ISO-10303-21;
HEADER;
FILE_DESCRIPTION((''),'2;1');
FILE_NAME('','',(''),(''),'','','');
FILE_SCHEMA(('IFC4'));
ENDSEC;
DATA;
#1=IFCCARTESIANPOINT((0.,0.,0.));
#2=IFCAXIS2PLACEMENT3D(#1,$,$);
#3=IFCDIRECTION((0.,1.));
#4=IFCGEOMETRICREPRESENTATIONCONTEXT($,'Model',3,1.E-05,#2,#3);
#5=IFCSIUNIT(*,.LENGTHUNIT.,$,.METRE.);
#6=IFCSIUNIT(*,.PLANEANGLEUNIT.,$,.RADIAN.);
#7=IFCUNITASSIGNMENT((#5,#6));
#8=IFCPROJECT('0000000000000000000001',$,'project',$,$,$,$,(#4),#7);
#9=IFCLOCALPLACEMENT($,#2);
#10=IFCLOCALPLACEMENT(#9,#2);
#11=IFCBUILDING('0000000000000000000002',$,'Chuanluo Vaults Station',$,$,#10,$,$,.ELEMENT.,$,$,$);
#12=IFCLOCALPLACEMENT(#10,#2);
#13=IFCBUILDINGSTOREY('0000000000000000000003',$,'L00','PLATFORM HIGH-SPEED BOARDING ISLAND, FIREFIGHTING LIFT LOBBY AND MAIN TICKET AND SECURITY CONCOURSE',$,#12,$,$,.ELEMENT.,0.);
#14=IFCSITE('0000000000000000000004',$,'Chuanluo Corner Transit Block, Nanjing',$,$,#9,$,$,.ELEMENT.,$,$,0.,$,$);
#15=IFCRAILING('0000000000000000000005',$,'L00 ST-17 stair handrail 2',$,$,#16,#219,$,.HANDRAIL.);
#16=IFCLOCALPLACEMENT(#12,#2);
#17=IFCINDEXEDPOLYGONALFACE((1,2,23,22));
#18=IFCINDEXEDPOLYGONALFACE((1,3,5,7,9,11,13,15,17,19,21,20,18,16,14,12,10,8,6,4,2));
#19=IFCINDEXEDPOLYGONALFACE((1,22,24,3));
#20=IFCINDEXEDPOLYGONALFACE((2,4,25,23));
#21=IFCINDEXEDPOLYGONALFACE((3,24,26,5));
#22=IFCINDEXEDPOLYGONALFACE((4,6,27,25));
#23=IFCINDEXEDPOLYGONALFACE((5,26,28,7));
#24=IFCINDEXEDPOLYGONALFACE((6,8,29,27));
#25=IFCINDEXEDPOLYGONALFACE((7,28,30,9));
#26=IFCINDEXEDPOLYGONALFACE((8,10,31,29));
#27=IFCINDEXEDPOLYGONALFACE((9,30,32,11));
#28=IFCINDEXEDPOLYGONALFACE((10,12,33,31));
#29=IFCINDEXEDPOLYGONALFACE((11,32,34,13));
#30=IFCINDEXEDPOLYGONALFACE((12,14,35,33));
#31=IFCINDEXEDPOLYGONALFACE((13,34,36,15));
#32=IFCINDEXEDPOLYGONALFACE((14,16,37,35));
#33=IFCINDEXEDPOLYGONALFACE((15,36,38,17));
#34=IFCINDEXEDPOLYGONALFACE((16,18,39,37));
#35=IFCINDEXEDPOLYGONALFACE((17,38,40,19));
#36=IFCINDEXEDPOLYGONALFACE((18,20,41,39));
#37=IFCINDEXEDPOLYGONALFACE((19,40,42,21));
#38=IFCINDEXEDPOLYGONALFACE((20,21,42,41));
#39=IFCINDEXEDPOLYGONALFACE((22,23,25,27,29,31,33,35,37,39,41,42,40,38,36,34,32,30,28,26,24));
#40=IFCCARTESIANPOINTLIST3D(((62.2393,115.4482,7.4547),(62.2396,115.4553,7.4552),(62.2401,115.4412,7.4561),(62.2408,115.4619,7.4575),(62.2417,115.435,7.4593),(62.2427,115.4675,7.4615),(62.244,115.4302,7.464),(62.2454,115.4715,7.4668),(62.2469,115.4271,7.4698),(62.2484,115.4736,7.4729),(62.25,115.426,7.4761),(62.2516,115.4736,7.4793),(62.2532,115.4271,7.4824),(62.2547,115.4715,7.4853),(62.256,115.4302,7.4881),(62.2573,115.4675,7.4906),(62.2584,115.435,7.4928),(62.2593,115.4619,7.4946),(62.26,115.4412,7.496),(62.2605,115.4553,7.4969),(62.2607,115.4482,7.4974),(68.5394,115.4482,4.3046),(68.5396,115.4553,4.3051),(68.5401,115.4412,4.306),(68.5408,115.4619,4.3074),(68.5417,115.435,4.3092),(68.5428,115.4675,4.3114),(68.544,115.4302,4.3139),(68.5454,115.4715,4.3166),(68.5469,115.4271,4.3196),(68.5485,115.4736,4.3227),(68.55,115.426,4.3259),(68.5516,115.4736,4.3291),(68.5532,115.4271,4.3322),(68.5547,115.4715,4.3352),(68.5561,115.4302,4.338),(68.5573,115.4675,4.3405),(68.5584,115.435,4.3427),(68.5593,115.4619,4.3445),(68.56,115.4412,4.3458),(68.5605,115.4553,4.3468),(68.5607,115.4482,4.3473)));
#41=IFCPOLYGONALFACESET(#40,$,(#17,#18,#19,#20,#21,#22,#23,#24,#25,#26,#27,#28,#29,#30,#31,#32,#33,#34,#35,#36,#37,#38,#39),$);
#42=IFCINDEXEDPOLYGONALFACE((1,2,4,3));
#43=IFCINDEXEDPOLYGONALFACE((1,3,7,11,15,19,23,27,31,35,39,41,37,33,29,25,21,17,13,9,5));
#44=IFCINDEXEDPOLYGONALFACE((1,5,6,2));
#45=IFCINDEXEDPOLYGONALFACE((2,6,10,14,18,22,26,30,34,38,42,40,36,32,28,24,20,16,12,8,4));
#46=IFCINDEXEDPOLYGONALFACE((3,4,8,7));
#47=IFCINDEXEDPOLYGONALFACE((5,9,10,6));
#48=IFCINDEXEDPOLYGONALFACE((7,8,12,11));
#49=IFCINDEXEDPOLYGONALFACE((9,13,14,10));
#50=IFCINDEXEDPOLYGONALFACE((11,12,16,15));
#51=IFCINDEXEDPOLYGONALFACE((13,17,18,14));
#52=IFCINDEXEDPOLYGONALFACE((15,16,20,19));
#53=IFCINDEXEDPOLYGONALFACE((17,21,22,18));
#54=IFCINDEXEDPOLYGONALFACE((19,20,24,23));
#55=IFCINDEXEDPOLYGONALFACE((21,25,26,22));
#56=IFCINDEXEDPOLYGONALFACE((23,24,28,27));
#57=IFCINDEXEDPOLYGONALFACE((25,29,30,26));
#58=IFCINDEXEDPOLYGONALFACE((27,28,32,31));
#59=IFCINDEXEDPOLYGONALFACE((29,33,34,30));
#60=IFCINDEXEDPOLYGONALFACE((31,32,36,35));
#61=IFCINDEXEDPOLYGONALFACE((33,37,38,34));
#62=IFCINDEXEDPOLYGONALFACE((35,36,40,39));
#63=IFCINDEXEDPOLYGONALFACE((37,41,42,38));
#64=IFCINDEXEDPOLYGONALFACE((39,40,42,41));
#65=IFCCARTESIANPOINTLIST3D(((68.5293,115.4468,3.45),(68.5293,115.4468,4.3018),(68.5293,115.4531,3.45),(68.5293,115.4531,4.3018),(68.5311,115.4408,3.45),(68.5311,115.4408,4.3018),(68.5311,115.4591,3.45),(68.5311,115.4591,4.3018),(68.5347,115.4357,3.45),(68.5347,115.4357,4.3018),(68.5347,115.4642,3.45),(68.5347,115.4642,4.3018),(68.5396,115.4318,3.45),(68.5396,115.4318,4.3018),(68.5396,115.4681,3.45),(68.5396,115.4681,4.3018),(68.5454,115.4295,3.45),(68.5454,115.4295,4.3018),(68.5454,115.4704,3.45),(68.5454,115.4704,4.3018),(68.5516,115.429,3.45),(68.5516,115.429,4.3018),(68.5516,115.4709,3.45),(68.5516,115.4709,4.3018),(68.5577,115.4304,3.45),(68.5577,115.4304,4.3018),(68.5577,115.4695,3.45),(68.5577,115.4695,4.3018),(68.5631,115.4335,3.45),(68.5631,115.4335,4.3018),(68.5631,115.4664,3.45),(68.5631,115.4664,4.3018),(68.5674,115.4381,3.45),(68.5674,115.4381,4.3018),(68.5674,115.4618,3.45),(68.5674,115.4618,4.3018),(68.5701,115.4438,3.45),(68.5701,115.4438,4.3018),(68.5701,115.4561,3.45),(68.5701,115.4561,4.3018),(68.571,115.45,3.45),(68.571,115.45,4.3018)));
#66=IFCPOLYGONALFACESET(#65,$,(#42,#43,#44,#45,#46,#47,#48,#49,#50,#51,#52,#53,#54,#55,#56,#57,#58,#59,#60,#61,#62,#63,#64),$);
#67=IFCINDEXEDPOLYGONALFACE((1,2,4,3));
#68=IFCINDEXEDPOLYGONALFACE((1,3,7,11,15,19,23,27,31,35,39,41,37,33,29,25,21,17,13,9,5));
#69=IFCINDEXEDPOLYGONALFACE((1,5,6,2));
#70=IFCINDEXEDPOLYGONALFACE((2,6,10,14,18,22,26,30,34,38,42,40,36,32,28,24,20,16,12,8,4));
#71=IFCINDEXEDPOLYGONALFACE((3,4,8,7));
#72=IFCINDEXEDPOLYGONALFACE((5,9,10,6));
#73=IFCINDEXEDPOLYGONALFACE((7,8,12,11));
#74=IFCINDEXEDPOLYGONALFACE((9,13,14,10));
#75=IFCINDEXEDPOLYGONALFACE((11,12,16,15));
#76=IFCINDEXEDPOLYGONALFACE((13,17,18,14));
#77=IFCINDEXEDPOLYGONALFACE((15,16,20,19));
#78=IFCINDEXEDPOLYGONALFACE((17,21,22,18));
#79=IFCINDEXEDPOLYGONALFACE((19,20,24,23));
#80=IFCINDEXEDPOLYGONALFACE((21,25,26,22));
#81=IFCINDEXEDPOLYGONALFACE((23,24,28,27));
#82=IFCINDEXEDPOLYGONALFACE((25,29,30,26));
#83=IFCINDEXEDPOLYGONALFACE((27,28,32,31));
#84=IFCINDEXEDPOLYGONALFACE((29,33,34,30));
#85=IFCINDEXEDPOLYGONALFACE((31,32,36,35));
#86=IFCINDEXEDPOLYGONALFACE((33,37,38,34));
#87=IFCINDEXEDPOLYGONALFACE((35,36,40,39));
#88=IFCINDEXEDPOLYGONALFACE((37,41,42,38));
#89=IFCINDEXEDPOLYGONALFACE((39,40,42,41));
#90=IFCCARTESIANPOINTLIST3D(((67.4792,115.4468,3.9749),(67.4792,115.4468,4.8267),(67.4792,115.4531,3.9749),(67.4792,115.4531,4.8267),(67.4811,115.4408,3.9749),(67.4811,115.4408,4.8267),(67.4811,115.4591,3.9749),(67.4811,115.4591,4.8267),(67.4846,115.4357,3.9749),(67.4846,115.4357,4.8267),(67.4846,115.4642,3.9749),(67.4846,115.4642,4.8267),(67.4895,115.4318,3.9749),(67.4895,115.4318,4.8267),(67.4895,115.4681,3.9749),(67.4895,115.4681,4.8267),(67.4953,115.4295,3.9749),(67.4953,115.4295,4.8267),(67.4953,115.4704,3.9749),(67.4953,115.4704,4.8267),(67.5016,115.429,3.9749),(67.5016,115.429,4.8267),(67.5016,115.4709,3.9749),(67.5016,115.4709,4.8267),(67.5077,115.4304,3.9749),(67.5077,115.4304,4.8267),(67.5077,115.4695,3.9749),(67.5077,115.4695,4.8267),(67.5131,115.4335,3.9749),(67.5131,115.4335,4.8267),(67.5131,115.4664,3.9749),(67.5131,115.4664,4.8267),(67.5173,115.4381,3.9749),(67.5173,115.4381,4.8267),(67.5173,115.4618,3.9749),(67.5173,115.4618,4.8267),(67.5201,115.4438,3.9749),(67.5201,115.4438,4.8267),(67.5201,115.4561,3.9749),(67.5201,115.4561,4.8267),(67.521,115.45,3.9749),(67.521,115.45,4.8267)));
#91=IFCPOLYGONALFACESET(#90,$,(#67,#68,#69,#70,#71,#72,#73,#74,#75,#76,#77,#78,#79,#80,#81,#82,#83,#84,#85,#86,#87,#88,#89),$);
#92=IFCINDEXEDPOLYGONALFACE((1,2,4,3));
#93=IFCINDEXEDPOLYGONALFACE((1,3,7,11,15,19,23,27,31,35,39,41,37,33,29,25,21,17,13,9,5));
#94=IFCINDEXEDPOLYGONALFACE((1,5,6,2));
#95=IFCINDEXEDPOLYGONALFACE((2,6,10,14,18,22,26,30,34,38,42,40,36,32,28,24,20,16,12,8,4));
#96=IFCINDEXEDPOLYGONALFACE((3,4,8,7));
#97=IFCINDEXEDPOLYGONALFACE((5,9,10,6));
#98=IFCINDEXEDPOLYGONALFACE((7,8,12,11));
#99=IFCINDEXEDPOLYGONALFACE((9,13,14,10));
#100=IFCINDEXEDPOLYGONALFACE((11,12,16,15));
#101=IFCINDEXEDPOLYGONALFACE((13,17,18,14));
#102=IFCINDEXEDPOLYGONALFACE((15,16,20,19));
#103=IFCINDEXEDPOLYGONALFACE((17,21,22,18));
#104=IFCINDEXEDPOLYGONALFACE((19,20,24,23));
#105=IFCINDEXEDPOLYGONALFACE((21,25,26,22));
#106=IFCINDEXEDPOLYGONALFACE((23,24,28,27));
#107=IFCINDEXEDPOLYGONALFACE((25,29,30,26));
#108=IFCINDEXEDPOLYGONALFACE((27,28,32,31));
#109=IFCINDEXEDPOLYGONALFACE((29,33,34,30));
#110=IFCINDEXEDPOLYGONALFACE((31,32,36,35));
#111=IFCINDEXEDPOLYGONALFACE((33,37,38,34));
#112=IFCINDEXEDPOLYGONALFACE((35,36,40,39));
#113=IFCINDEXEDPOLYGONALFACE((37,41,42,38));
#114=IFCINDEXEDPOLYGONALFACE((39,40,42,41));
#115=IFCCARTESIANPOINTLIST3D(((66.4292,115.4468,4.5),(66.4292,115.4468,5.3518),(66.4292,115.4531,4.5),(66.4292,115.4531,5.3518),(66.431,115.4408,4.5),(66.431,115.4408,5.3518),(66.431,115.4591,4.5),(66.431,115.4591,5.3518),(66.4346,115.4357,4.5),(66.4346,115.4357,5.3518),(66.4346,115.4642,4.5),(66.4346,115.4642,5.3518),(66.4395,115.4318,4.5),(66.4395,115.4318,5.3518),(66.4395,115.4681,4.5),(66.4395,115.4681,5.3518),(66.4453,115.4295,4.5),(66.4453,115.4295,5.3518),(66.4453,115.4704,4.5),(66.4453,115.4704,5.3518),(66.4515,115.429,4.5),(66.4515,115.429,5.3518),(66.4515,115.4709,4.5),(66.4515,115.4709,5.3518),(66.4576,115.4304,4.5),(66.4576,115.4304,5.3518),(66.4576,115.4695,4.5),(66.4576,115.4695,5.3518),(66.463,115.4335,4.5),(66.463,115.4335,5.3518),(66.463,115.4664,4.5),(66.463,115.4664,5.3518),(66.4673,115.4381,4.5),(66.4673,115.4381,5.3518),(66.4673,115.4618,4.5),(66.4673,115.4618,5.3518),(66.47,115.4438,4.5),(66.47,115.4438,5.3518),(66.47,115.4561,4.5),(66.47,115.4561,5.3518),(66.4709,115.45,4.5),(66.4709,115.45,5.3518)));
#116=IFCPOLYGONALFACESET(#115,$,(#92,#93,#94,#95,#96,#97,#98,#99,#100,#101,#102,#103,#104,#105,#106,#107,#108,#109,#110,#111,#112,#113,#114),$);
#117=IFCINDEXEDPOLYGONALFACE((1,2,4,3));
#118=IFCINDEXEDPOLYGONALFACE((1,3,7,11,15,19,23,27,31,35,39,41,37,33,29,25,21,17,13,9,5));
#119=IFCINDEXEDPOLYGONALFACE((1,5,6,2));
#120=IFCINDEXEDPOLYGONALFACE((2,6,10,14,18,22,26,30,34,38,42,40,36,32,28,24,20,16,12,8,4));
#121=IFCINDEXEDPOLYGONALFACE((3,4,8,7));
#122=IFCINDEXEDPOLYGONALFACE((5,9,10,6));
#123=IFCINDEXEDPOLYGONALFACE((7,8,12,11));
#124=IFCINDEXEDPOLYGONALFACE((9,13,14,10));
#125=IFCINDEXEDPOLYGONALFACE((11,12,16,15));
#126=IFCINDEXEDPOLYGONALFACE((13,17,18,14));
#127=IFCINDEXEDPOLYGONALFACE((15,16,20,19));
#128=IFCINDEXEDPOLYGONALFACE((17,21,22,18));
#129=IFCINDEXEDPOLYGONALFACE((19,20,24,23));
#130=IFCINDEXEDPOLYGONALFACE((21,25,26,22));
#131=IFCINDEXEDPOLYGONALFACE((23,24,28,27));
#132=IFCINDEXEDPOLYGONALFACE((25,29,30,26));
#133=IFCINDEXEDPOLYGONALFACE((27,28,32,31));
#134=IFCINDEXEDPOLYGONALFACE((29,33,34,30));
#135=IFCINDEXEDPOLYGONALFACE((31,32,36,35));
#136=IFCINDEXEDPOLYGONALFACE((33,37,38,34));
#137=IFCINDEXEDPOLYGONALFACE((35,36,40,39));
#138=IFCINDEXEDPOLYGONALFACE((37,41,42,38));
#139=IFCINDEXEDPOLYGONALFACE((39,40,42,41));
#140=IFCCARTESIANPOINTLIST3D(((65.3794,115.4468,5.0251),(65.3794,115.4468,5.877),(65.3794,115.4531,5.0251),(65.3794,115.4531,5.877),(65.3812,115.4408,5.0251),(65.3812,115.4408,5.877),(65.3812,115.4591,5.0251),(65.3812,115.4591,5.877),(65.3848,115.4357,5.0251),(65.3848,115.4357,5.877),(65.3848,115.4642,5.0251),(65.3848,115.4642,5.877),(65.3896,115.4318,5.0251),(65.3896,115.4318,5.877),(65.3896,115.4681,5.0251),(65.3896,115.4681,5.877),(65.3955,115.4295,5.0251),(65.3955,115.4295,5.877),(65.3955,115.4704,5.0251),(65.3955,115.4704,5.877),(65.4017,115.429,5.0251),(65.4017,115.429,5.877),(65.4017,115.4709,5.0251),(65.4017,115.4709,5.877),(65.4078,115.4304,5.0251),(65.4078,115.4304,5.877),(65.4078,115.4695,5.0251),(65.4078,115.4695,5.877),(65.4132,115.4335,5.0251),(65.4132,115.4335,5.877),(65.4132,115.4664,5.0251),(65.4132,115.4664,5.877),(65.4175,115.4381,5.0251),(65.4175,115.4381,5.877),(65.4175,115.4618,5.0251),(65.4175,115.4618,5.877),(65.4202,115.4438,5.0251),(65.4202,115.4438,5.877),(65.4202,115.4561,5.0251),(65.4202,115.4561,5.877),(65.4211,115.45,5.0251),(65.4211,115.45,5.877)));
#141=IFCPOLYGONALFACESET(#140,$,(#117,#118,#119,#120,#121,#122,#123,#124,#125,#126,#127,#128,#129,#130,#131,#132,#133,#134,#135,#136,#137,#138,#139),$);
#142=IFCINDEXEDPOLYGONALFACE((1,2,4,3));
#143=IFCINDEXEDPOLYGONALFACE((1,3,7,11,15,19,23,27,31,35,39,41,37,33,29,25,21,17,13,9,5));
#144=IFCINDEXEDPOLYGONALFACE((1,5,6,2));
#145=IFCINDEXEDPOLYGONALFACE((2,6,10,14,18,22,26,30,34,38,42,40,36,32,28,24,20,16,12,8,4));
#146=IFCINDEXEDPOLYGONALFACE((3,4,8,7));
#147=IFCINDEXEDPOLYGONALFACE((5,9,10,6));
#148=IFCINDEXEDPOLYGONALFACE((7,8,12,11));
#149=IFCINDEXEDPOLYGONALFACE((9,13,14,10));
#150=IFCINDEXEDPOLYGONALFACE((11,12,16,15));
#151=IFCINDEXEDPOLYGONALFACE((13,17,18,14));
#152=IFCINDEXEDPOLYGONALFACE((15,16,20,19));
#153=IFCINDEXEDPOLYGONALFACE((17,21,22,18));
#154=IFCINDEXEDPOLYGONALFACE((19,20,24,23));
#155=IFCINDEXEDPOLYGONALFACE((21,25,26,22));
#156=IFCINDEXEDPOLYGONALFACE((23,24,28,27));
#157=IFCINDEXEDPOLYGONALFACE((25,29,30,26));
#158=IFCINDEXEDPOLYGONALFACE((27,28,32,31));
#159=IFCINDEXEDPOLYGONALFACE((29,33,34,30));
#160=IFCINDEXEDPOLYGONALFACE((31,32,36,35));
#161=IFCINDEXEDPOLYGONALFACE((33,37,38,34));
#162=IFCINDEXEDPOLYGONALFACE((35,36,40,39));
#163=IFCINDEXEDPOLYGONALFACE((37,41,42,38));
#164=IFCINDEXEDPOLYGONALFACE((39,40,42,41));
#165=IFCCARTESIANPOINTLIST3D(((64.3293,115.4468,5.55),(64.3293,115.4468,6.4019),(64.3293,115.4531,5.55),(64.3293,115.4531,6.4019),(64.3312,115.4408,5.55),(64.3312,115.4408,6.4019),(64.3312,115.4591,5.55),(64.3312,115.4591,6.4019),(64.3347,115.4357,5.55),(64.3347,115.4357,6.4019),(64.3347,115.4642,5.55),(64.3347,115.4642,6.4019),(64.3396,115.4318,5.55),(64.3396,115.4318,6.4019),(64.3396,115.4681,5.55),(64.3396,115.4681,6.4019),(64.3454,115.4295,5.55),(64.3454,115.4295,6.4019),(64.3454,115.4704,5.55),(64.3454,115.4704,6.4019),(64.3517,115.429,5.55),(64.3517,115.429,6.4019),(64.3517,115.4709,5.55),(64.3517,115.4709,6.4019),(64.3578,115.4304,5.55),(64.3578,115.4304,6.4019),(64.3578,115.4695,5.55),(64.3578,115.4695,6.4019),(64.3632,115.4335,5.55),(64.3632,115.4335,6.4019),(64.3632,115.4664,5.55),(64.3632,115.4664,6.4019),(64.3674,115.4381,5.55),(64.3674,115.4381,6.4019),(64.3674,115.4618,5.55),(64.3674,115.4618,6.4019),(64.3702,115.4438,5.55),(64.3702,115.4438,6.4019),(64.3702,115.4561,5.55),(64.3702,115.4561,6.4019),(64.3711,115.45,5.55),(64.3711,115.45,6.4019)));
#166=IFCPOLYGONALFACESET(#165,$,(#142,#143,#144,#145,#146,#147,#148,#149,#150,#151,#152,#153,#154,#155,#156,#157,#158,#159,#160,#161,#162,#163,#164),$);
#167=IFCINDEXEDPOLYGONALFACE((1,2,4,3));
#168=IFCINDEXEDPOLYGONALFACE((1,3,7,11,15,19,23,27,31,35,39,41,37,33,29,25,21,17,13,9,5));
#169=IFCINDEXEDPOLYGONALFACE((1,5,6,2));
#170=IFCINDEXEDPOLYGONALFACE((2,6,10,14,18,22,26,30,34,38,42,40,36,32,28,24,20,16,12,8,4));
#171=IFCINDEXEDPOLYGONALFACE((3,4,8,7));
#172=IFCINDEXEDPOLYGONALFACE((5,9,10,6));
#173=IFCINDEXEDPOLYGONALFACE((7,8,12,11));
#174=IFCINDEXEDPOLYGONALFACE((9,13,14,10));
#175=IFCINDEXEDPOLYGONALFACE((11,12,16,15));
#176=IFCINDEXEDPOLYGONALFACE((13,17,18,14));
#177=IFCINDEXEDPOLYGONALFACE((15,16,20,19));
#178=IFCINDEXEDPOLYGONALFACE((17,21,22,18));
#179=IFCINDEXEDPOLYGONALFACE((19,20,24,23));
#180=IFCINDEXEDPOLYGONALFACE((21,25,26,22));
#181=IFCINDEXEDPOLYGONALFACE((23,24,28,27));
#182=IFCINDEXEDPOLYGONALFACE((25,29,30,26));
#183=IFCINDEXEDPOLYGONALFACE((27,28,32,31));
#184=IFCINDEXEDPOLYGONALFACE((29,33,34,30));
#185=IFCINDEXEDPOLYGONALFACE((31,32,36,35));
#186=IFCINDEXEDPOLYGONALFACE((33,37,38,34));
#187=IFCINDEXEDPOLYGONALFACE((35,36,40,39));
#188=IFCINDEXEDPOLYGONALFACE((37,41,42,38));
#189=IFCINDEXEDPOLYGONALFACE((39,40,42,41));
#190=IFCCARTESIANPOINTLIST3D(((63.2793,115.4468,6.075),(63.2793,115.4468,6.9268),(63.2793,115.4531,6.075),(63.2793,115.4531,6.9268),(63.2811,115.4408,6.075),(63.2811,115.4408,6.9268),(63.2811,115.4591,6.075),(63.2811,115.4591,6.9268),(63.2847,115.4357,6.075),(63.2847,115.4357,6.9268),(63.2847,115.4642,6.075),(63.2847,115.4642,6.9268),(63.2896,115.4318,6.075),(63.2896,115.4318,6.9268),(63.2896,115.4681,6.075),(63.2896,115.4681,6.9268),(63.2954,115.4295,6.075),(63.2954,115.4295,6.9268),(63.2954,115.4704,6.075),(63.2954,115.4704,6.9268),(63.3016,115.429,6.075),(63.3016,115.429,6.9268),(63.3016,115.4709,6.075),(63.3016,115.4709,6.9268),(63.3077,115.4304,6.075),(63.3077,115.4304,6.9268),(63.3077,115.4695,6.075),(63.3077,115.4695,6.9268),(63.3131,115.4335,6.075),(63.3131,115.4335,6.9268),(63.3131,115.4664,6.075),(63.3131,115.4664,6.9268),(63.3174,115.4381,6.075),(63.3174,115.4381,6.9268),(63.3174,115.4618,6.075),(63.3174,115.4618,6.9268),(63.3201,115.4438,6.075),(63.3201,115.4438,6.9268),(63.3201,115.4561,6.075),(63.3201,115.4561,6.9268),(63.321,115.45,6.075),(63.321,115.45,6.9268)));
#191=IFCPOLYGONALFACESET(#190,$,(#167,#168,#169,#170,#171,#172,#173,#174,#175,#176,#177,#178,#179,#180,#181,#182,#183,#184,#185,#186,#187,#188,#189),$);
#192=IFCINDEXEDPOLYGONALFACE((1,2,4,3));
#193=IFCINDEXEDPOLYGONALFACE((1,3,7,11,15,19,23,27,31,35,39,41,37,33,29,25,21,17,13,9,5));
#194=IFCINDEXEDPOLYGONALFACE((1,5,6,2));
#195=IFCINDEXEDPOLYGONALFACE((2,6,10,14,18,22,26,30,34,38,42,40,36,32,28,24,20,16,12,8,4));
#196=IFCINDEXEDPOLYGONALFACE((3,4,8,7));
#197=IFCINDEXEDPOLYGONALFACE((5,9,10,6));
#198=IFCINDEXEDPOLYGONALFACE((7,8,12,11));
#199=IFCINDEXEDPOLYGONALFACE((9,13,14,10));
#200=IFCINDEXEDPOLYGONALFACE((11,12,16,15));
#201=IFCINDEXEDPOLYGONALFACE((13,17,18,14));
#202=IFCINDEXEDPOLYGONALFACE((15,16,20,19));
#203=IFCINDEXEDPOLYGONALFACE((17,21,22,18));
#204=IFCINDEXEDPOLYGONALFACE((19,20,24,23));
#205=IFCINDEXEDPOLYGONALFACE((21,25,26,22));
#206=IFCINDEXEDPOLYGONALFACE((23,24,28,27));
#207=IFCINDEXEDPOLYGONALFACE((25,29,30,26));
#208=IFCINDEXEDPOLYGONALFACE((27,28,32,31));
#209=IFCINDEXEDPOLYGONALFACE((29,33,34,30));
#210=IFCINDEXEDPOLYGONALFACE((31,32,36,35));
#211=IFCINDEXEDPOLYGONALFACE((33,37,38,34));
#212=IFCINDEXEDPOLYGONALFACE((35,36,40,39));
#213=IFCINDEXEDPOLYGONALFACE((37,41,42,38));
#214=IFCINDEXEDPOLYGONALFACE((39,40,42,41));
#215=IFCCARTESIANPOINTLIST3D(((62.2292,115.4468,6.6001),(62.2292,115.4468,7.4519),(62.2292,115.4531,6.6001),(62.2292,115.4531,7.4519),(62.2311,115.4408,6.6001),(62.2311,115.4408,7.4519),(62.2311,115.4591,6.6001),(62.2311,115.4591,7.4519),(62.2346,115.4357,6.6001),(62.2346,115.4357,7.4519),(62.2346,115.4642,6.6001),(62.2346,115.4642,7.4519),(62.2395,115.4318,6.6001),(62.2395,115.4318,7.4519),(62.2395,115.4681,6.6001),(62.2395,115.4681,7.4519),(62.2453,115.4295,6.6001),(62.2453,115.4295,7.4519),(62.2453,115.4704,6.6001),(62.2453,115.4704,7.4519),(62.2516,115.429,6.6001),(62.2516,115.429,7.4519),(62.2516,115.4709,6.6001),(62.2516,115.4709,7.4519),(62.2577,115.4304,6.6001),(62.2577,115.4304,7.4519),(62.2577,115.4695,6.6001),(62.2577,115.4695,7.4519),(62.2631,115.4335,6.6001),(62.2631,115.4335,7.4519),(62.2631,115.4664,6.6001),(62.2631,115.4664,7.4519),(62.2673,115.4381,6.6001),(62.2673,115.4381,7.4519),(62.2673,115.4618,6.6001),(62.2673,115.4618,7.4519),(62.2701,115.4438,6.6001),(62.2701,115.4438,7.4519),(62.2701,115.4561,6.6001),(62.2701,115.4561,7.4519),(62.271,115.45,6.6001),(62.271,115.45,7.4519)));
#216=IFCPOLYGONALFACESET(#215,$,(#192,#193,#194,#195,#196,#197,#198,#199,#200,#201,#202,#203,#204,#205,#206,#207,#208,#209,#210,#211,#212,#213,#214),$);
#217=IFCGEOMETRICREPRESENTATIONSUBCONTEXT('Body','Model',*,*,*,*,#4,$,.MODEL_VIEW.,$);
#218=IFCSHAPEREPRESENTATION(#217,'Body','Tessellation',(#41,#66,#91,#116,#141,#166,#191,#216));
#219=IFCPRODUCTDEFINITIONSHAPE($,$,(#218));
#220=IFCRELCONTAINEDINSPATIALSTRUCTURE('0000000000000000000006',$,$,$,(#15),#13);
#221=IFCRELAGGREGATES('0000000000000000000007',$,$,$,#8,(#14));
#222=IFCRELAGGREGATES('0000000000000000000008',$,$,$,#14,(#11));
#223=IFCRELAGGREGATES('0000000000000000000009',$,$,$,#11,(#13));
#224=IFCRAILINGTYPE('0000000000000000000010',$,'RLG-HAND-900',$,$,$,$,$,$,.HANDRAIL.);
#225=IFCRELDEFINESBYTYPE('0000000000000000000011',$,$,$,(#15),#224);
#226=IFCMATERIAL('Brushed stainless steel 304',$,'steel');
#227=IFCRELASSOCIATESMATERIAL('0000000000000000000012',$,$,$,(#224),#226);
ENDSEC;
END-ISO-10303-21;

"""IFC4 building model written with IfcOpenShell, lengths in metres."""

from ifc_helpers import new_model, si_unit, direction, frame, origin, origin_2d, place, context, subcontext, project, spatial, circle, extrude, material, type_object, element, save


model = new_model("IFC4")

# Units and contexts
model_context = context("Model", 3, precision=1e-05, world=origin(), true_north=direction((0.0, 1.0)))
body_context = subcontext(model_context, "Body", "Model", "MODEL_VIEW")
ifc_project = project(units=[si_unit("LENGTHUNIT", "METRE"), si_unit("PLANEANGLEUNIT", "RADIAN")], contexts=[model_context])

# Site, building, storey
site_placement = place(None, origin())
site = spatial("IfcSite", under=ifc_project, at=site_placement, Name="Chuanluo Corner Transit Block, Nanjing", CompositionType="ELEMENT", RefElevation=0.0)
building_placement = place(site_placement, origin())
building = spatial("IfcBuilding", under=site, at=building_placement, Name="Chuanluo Vaults Station", CompositionType="ELEMENT")
storey_placement = place(building_placement, origin())
storey = spatial("IfcBuildingStorey", under=building, at=storey_placement, Name="L00", Description="PLATFORM HIGH-SPEED BOARDING ISLAND, FIREFIGHTING LIFT LOBBY AND MAIN TICKET AND SECURITY CONCOURSE", CompositionType="ELEMENT", Elevation=0.0)

# Railing
ifc_material_1 = material(Name="Brushed stainless steel 304", Category="steel")
railing_type_1 = type_object("IfcRailingType", Name="RLG-HAND-900", PredefinedType="HANDRAIL", material=ifc_material_1)
railing_1_placement = place(storey_placement, frame((68.55, 115.45, 3.45)))
element("IfcRailing", 1, at=railing_1_placement, inside=storey, type_object=railing_type_1, Name="L00 ST-17 stair handrail 2", PredefinedType="HANDRAIL", context=body_context, shape_type="SweptSolid", body=[
    extrude(circle(Radius=0.0239, at=origin_2d()), frame((0.0, 0.0, 0.876), z_axis=(-0.89442, 0.0, 0.447227), x_axis=(0.0, -1.0, 0.0)), (0.0, 0.0, 1.0), 7.0437),
    extrude(circle(Radius=0.021, at=origin_2d()), origin(), (0.0, 0.0, 1.0), 0.8518),
    extrude(circle(Radius=0.021, at=origin_2d()), frame((-1.05, 0.0, 0.5249)), (0.0, 0.0, 1.0), 0.8518),
    extrude(circle(Radius=0.021, at=origin_2d()), frame((-2.1001, 0.0, 1.05)), (0.0, 0.0, 1.0), 0.8518),
    extrude(circle(Radius=0.021, at=origin_2d()), frame((-3.1499, 0.0, 1.5752)), (0.0, 0.0, 1.0), 0.8518),
    extrude(circle(Radius=0.021, at=origin_2d()), frame((-4.2, 0.0, 2.1001)), (0.0, 0.0, 1.0), 0.8518),
    extrude(circle(Radius=0.021, at=origin_2d()), frame((-5.25, 0.0, 2.625)), (0.0, 0.0, 1.0), 0.8518),
    extrude(circle(Radius=0.021, at=origin_2d()), frame((-6.3, 0.0, 3.1501)), (0.0, 0.0, 1.0), 0.8518),
])

save(model, "model.ifc")
